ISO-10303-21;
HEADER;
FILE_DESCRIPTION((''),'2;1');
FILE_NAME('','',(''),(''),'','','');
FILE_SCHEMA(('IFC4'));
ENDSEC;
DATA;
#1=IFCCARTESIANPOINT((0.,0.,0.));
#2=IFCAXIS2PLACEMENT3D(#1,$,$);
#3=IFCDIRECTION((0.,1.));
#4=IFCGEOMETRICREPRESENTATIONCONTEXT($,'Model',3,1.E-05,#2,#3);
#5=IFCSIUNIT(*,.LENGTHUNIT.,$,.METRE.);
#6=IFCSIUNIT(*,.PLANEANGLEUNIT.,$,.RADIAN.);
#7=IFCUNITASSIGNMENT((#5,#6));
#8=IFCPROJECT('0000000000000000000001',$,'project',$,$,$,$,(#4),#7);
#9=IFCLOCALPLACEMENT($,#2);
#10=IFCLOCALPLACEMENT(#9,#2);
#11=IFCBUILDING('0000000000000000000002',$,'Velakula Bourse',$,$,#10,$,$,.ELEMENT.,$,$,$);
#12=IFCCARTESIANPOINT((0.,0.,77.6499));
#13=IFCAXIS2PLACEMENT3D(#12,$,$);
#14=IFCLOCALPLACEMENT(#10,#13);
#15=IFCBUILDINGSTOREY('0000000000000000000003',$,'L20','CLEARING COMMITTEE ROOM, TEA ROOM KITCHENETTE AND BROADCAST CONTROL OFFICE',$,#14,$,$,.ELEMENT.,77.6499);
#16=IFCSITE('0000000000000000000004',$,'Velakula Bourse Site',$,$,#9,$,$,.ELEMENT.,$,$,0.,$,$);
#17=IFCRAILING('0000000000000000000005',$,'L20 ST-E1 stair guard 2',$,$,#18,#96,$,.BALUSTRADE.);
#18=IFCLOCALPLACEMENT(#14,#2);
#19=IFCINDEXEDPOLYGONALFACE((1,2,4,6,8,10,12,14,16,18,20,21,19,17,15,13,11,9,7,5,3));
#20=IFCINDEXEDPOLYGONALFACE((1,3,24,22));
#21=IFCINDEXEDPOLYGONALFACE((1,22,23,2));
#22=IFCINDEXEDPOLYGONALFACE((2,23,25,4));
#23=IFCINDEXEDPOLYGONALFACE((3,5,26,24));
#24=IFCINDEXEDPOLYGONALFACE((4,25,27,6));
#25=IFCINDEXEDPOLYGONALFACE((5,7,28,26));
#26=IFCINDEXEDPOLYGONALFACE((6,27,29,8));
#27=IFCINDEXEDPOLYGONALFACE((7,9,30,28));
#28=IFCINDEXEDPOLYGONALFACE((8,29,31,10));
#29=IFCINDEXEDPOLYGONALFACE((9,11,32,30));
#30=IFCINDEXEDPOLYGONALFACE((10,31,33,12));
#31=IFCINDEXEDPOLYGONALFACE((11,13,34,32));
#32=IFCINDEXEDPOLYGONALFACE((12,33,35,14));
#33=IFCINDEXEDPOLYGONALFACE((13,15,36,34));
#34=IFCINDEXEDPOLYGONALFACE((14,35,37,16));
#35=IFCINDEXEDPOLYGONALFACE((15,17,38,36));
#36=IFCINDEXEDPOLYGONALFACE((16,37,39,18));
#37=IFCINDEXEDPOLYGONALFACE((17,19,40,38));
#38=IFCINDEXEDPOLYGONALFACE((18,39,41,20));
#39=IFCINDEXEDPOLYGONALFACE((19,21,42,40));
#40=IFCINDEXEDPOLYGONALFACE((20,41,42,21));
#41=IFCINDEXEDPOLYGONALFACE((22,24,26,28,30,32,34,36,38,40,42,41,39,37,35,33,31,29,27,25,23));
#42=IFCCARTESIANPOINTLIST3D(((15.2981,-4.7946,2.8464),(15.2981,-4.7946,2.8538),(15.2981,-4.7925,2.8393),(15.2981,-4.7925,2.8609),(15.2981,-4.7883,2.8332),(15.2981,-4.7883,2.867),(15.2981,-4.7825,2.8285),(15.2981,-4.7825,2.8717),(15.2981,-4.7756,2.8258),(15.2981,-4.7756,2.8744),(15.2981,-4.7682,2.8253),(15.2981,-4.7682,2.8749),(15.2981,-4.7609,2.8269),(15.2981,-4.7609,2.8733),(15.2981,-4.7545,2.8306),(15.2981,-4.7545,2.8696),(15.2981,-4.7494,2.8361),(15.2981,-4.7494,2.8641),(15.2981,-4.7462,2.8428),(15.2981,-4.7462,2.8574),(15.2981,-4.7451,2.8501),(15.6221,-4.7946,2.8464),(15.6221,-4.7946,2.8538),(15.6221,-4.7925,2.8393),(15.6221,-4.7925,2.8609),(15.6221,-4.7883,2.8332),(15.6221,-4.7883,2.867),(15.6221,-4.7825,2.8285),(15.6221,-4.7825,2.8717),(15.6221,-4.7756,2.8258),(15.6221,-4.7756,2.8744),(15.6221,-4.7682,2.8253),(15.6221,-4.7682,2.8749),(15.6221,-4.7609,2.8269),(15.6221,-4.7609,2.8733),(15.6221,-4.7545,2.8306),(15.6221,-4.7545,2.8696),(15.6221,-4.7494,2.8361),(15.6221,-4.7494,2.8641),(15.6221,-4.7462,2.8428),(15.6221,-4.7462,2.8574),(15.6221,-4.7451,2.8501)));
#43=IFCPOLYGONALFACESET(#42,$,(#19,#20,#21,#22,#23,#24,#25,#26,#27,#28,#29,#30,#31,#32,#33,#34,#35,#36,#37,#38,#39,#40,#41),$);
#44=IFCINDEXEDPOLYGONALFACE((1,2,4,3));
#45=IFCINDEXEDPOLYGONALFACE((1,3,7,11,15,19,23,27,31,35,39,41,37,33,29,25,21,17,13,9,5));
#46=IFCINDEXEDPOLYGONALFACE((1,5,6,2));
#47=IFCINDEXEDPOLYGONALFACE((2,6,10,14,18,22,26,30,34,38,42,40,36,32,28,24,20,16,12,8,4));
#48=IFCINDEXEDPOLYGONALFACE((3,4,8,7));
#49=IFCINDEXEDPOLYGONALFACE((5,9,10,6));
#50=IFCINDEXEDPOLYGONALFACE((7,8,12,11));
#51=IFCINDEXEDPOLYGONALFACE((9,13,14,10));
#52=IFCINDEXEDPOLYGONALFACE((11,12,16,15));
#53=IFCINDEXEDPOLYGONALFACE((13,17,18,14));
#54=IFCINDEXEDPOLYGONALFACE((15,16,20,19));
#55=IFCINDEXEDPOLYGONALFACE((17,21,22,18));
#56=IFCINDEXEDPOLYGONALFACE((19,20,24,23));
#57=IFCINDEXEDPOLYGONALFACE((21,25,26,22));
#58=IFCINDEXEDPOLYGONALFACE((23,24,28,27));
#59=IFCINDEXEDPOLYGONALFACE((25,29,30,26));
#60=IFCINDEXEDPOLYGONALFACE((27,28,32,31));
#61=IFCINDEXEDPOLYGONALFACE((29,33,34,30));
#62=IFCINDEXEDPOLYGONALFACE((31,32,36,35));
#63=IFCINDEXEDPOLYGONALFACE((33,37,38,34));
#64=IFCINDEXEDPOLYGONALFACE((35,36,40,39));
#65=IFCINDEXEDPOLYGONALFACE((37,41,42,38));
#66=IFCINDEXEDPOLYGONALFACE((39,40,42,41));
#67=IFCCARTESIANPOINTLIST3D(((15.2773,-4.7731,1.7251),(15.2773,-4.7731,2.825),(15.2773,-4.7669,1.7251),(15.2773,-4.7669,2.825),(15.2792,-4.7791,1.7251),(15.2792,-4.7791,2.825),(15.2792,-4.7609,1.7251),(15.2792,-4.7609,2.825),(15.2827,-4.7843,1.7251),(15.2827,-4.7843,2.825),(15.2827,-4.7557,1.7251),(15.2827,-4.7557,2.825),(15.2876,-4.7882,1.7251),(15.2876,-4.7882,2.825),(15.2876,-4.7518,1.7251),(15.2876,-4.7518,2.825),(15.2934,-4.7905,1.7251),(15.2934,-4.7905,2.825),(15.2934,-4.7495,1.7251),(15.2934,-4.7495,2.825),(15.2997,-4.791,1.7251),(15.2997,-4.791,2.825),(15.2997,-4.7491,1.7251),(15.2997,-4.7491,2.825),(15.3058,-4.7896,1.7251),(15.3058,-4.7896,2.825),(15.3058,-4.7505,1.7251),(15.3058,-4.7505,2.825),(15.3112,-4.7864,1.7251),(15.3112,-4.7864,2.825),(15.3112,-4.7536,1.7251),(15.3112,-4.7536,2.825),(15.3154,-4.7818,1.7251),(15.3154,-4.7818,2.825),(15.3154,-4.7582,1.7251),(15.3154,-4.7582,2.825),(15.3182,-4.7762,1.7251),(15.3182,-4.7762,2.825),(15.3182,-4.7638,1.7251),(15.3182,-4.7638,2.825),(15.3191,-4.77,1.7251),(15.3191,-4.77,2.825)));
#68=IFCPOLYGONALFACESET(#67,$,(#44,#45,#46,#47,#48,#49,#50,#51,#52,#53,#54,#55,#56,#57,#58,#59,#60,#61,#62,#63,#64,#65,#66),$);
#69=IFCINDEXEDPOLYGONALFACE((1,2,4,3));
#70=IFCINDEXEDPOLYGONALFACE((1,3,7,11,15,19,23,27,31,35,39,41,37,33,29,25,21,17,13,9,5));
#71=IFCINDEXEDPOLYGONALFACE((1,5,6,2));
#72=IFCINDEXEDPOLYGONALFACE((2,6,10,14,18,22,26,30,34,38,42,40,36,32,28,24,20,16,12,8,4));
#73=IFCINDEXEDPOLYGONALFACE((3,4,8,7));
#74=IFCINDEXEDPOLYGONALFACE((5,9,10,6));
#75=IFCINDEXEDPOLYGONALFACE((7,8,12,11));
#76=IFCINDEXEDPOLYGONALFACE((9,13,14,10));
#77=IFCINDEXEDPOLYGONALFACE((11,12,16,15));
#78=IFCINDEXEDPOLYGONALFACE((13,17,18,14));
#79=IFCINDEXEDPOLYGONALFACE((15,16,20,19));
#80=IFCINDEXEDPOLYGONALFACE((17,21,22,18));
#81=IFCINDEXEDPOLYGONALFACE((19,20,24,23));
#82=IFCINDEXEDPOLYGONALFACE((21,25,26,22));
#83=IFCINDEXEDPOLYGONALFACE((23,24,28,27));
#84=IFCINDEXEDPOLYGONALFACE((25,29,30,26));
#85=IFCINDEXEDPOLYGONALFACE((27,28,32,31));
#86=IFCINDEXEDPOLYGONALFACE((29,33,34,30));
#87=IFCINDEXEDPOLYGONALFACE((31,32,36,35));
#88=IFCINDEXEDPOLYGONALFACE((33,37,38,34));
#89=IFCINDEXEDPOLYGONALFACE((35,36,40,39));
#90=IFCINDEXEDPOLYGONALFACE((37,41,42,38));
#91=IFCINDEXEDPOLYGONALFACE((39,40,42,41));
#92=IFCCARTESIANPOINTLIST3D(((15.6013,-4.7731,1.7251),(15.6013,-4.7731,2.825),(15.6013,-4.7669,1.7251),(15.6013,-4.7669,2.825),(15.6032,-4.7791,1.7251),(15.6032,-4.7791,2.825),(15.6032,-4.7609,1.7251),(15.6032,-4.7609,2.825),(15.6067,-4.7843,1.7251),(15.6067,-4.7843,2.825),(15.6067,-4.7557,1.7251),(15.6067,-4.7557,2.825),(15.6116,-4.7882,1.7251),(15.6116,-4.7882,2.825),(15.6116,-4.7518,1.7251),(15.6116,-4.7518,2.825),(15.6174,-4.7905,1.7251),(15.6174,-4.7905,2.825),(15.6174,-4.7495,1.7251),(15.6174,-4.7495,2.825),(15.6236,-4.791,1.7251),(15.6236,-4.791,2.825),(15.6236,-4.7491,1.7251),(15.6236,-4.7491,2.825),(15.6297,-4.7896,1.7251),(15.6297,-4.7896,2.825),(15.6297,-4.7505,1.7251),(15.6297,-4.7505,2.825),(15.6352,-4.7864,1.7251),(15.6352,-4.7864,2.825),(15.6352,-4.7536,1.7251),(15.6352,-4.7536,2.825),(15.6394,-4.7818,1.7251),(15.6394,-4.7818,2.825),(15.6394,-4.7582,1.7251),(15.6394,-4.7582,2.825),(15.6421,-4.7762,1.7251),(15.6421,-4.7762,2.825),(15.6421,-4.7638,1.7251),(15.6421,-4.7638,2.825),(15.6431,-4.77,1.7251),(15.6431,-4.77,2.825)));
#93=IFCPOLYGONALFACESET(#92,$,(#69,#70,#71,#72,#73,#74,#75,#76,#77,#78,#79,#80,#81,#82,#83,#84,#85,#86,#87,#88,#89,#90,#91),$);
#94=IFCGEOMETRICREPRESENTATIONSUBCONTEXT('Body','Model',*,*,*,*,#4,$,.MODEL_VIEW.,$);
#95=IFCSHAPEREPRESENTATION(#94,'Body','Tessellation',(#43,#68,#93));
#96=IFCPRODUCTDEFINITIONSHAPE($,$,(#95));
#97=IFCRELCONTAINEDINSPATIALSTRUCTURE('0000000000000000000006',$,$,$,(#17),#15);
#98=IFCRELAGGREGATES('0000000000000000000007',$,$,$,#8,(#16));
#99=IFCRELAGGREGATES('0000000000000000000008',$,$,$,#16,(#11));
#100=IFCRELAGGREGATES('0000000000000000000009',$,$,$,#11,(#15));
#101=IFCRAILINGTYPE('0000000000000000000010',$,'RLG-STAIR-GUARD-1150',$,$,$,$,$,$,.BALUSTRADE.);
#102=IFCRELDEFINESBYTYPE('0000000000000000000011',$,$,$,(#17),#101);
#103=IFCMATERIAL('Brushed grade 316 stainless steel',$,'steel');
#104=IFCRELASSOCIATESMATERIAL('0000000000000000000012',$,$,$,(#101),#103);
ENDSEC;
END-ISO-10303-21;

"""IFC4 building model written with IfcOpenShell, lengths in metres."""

from ifc_helpers import new_model, si_unit, direction, frame, origin, origin_2d, place, context, subcontext, project, spatial, circle, extrude, material, type_object, element, save


model = new_model("IFC4")

# Units and contexts
model_context = context("Model", 3, precision=1e-05, world=origin(), true_north=direction((0.0, 1.0)))
body_context = subcontext(model_context, "Body", "Model", "MODEL_VIEW")
ifc_project = project(units=[si_unit("LENGTHUNIT", "METRE"), si_unit("PLANEANGLEUNIT", "RADIAN")], contexts=[model_context])

# Site, building, storey
site_placement = place(None, origin())
site = spatial("IfcSite", under=ifc_project, at=site_placement, Name="Velakula Bourse Site", CompositionType="ELEMENT", RefElevation=0.0)
building_placement = place(site_placement, origin())
building = spatial("IfcBuilding", under=site, at=building_placement, Name="Velakula Bourse", CompositionType="ELEMENT")
storey_placement = place(building_placement, frame((0.0, 0.0, 77.6499)))
storey = spatial("IfcBuildingStorey", under=building, at=storey_placement, Name="L20", Description="CLEARING COMMITTEE ROOM, TEA ROOM KITCHENETTE AND BROADCAST CONTROL OFFICE", CompositionType="ELEMENT", Elevation=77.6499)

# Railing
ifc_material_1 = material(Name="Brushed grade 316 stainless steel", Category="steel")
railing_type_1 = type_object("IfcRailingType", Name="RLG-STAIR-GUARD-1150", PredefinedType="BALUSTRADE", material=ifc_material_1)
railing_1_placement = place(storey_placement, frame((15.2981, -4.77, 1.7251)))
element("IfcRailing", 1, at=railing_1_placement, inside=storey, type_object=railing_type_1, Name="L20 ST-E1 stair guard 2", PredefinedType="BALUSTRADE", context=body_context, shape_type="SweptSolid", body=[
    extrude(circle(Radius=0.0249, at=origin_2d()), frame((0.0, 0.0, 1.125), z_axis=(1.0, 0.0, 0.0), x_axis=(0.0, 1.0, 0.0)), (0.0, 0.0, 1.0), 0.324),
    extrude(circle(Radius=0.021, at=origin_2d()), origin(), (0.0, 0.0, 1.0), 1.0999),
    extrude(circle(Radius=0.021, at=origin_2d()), frame((0.324, 0.0, 0.0)), (0.0, 0.0, 1.0), 1.0999),
])

save(model, "model.ifc")
